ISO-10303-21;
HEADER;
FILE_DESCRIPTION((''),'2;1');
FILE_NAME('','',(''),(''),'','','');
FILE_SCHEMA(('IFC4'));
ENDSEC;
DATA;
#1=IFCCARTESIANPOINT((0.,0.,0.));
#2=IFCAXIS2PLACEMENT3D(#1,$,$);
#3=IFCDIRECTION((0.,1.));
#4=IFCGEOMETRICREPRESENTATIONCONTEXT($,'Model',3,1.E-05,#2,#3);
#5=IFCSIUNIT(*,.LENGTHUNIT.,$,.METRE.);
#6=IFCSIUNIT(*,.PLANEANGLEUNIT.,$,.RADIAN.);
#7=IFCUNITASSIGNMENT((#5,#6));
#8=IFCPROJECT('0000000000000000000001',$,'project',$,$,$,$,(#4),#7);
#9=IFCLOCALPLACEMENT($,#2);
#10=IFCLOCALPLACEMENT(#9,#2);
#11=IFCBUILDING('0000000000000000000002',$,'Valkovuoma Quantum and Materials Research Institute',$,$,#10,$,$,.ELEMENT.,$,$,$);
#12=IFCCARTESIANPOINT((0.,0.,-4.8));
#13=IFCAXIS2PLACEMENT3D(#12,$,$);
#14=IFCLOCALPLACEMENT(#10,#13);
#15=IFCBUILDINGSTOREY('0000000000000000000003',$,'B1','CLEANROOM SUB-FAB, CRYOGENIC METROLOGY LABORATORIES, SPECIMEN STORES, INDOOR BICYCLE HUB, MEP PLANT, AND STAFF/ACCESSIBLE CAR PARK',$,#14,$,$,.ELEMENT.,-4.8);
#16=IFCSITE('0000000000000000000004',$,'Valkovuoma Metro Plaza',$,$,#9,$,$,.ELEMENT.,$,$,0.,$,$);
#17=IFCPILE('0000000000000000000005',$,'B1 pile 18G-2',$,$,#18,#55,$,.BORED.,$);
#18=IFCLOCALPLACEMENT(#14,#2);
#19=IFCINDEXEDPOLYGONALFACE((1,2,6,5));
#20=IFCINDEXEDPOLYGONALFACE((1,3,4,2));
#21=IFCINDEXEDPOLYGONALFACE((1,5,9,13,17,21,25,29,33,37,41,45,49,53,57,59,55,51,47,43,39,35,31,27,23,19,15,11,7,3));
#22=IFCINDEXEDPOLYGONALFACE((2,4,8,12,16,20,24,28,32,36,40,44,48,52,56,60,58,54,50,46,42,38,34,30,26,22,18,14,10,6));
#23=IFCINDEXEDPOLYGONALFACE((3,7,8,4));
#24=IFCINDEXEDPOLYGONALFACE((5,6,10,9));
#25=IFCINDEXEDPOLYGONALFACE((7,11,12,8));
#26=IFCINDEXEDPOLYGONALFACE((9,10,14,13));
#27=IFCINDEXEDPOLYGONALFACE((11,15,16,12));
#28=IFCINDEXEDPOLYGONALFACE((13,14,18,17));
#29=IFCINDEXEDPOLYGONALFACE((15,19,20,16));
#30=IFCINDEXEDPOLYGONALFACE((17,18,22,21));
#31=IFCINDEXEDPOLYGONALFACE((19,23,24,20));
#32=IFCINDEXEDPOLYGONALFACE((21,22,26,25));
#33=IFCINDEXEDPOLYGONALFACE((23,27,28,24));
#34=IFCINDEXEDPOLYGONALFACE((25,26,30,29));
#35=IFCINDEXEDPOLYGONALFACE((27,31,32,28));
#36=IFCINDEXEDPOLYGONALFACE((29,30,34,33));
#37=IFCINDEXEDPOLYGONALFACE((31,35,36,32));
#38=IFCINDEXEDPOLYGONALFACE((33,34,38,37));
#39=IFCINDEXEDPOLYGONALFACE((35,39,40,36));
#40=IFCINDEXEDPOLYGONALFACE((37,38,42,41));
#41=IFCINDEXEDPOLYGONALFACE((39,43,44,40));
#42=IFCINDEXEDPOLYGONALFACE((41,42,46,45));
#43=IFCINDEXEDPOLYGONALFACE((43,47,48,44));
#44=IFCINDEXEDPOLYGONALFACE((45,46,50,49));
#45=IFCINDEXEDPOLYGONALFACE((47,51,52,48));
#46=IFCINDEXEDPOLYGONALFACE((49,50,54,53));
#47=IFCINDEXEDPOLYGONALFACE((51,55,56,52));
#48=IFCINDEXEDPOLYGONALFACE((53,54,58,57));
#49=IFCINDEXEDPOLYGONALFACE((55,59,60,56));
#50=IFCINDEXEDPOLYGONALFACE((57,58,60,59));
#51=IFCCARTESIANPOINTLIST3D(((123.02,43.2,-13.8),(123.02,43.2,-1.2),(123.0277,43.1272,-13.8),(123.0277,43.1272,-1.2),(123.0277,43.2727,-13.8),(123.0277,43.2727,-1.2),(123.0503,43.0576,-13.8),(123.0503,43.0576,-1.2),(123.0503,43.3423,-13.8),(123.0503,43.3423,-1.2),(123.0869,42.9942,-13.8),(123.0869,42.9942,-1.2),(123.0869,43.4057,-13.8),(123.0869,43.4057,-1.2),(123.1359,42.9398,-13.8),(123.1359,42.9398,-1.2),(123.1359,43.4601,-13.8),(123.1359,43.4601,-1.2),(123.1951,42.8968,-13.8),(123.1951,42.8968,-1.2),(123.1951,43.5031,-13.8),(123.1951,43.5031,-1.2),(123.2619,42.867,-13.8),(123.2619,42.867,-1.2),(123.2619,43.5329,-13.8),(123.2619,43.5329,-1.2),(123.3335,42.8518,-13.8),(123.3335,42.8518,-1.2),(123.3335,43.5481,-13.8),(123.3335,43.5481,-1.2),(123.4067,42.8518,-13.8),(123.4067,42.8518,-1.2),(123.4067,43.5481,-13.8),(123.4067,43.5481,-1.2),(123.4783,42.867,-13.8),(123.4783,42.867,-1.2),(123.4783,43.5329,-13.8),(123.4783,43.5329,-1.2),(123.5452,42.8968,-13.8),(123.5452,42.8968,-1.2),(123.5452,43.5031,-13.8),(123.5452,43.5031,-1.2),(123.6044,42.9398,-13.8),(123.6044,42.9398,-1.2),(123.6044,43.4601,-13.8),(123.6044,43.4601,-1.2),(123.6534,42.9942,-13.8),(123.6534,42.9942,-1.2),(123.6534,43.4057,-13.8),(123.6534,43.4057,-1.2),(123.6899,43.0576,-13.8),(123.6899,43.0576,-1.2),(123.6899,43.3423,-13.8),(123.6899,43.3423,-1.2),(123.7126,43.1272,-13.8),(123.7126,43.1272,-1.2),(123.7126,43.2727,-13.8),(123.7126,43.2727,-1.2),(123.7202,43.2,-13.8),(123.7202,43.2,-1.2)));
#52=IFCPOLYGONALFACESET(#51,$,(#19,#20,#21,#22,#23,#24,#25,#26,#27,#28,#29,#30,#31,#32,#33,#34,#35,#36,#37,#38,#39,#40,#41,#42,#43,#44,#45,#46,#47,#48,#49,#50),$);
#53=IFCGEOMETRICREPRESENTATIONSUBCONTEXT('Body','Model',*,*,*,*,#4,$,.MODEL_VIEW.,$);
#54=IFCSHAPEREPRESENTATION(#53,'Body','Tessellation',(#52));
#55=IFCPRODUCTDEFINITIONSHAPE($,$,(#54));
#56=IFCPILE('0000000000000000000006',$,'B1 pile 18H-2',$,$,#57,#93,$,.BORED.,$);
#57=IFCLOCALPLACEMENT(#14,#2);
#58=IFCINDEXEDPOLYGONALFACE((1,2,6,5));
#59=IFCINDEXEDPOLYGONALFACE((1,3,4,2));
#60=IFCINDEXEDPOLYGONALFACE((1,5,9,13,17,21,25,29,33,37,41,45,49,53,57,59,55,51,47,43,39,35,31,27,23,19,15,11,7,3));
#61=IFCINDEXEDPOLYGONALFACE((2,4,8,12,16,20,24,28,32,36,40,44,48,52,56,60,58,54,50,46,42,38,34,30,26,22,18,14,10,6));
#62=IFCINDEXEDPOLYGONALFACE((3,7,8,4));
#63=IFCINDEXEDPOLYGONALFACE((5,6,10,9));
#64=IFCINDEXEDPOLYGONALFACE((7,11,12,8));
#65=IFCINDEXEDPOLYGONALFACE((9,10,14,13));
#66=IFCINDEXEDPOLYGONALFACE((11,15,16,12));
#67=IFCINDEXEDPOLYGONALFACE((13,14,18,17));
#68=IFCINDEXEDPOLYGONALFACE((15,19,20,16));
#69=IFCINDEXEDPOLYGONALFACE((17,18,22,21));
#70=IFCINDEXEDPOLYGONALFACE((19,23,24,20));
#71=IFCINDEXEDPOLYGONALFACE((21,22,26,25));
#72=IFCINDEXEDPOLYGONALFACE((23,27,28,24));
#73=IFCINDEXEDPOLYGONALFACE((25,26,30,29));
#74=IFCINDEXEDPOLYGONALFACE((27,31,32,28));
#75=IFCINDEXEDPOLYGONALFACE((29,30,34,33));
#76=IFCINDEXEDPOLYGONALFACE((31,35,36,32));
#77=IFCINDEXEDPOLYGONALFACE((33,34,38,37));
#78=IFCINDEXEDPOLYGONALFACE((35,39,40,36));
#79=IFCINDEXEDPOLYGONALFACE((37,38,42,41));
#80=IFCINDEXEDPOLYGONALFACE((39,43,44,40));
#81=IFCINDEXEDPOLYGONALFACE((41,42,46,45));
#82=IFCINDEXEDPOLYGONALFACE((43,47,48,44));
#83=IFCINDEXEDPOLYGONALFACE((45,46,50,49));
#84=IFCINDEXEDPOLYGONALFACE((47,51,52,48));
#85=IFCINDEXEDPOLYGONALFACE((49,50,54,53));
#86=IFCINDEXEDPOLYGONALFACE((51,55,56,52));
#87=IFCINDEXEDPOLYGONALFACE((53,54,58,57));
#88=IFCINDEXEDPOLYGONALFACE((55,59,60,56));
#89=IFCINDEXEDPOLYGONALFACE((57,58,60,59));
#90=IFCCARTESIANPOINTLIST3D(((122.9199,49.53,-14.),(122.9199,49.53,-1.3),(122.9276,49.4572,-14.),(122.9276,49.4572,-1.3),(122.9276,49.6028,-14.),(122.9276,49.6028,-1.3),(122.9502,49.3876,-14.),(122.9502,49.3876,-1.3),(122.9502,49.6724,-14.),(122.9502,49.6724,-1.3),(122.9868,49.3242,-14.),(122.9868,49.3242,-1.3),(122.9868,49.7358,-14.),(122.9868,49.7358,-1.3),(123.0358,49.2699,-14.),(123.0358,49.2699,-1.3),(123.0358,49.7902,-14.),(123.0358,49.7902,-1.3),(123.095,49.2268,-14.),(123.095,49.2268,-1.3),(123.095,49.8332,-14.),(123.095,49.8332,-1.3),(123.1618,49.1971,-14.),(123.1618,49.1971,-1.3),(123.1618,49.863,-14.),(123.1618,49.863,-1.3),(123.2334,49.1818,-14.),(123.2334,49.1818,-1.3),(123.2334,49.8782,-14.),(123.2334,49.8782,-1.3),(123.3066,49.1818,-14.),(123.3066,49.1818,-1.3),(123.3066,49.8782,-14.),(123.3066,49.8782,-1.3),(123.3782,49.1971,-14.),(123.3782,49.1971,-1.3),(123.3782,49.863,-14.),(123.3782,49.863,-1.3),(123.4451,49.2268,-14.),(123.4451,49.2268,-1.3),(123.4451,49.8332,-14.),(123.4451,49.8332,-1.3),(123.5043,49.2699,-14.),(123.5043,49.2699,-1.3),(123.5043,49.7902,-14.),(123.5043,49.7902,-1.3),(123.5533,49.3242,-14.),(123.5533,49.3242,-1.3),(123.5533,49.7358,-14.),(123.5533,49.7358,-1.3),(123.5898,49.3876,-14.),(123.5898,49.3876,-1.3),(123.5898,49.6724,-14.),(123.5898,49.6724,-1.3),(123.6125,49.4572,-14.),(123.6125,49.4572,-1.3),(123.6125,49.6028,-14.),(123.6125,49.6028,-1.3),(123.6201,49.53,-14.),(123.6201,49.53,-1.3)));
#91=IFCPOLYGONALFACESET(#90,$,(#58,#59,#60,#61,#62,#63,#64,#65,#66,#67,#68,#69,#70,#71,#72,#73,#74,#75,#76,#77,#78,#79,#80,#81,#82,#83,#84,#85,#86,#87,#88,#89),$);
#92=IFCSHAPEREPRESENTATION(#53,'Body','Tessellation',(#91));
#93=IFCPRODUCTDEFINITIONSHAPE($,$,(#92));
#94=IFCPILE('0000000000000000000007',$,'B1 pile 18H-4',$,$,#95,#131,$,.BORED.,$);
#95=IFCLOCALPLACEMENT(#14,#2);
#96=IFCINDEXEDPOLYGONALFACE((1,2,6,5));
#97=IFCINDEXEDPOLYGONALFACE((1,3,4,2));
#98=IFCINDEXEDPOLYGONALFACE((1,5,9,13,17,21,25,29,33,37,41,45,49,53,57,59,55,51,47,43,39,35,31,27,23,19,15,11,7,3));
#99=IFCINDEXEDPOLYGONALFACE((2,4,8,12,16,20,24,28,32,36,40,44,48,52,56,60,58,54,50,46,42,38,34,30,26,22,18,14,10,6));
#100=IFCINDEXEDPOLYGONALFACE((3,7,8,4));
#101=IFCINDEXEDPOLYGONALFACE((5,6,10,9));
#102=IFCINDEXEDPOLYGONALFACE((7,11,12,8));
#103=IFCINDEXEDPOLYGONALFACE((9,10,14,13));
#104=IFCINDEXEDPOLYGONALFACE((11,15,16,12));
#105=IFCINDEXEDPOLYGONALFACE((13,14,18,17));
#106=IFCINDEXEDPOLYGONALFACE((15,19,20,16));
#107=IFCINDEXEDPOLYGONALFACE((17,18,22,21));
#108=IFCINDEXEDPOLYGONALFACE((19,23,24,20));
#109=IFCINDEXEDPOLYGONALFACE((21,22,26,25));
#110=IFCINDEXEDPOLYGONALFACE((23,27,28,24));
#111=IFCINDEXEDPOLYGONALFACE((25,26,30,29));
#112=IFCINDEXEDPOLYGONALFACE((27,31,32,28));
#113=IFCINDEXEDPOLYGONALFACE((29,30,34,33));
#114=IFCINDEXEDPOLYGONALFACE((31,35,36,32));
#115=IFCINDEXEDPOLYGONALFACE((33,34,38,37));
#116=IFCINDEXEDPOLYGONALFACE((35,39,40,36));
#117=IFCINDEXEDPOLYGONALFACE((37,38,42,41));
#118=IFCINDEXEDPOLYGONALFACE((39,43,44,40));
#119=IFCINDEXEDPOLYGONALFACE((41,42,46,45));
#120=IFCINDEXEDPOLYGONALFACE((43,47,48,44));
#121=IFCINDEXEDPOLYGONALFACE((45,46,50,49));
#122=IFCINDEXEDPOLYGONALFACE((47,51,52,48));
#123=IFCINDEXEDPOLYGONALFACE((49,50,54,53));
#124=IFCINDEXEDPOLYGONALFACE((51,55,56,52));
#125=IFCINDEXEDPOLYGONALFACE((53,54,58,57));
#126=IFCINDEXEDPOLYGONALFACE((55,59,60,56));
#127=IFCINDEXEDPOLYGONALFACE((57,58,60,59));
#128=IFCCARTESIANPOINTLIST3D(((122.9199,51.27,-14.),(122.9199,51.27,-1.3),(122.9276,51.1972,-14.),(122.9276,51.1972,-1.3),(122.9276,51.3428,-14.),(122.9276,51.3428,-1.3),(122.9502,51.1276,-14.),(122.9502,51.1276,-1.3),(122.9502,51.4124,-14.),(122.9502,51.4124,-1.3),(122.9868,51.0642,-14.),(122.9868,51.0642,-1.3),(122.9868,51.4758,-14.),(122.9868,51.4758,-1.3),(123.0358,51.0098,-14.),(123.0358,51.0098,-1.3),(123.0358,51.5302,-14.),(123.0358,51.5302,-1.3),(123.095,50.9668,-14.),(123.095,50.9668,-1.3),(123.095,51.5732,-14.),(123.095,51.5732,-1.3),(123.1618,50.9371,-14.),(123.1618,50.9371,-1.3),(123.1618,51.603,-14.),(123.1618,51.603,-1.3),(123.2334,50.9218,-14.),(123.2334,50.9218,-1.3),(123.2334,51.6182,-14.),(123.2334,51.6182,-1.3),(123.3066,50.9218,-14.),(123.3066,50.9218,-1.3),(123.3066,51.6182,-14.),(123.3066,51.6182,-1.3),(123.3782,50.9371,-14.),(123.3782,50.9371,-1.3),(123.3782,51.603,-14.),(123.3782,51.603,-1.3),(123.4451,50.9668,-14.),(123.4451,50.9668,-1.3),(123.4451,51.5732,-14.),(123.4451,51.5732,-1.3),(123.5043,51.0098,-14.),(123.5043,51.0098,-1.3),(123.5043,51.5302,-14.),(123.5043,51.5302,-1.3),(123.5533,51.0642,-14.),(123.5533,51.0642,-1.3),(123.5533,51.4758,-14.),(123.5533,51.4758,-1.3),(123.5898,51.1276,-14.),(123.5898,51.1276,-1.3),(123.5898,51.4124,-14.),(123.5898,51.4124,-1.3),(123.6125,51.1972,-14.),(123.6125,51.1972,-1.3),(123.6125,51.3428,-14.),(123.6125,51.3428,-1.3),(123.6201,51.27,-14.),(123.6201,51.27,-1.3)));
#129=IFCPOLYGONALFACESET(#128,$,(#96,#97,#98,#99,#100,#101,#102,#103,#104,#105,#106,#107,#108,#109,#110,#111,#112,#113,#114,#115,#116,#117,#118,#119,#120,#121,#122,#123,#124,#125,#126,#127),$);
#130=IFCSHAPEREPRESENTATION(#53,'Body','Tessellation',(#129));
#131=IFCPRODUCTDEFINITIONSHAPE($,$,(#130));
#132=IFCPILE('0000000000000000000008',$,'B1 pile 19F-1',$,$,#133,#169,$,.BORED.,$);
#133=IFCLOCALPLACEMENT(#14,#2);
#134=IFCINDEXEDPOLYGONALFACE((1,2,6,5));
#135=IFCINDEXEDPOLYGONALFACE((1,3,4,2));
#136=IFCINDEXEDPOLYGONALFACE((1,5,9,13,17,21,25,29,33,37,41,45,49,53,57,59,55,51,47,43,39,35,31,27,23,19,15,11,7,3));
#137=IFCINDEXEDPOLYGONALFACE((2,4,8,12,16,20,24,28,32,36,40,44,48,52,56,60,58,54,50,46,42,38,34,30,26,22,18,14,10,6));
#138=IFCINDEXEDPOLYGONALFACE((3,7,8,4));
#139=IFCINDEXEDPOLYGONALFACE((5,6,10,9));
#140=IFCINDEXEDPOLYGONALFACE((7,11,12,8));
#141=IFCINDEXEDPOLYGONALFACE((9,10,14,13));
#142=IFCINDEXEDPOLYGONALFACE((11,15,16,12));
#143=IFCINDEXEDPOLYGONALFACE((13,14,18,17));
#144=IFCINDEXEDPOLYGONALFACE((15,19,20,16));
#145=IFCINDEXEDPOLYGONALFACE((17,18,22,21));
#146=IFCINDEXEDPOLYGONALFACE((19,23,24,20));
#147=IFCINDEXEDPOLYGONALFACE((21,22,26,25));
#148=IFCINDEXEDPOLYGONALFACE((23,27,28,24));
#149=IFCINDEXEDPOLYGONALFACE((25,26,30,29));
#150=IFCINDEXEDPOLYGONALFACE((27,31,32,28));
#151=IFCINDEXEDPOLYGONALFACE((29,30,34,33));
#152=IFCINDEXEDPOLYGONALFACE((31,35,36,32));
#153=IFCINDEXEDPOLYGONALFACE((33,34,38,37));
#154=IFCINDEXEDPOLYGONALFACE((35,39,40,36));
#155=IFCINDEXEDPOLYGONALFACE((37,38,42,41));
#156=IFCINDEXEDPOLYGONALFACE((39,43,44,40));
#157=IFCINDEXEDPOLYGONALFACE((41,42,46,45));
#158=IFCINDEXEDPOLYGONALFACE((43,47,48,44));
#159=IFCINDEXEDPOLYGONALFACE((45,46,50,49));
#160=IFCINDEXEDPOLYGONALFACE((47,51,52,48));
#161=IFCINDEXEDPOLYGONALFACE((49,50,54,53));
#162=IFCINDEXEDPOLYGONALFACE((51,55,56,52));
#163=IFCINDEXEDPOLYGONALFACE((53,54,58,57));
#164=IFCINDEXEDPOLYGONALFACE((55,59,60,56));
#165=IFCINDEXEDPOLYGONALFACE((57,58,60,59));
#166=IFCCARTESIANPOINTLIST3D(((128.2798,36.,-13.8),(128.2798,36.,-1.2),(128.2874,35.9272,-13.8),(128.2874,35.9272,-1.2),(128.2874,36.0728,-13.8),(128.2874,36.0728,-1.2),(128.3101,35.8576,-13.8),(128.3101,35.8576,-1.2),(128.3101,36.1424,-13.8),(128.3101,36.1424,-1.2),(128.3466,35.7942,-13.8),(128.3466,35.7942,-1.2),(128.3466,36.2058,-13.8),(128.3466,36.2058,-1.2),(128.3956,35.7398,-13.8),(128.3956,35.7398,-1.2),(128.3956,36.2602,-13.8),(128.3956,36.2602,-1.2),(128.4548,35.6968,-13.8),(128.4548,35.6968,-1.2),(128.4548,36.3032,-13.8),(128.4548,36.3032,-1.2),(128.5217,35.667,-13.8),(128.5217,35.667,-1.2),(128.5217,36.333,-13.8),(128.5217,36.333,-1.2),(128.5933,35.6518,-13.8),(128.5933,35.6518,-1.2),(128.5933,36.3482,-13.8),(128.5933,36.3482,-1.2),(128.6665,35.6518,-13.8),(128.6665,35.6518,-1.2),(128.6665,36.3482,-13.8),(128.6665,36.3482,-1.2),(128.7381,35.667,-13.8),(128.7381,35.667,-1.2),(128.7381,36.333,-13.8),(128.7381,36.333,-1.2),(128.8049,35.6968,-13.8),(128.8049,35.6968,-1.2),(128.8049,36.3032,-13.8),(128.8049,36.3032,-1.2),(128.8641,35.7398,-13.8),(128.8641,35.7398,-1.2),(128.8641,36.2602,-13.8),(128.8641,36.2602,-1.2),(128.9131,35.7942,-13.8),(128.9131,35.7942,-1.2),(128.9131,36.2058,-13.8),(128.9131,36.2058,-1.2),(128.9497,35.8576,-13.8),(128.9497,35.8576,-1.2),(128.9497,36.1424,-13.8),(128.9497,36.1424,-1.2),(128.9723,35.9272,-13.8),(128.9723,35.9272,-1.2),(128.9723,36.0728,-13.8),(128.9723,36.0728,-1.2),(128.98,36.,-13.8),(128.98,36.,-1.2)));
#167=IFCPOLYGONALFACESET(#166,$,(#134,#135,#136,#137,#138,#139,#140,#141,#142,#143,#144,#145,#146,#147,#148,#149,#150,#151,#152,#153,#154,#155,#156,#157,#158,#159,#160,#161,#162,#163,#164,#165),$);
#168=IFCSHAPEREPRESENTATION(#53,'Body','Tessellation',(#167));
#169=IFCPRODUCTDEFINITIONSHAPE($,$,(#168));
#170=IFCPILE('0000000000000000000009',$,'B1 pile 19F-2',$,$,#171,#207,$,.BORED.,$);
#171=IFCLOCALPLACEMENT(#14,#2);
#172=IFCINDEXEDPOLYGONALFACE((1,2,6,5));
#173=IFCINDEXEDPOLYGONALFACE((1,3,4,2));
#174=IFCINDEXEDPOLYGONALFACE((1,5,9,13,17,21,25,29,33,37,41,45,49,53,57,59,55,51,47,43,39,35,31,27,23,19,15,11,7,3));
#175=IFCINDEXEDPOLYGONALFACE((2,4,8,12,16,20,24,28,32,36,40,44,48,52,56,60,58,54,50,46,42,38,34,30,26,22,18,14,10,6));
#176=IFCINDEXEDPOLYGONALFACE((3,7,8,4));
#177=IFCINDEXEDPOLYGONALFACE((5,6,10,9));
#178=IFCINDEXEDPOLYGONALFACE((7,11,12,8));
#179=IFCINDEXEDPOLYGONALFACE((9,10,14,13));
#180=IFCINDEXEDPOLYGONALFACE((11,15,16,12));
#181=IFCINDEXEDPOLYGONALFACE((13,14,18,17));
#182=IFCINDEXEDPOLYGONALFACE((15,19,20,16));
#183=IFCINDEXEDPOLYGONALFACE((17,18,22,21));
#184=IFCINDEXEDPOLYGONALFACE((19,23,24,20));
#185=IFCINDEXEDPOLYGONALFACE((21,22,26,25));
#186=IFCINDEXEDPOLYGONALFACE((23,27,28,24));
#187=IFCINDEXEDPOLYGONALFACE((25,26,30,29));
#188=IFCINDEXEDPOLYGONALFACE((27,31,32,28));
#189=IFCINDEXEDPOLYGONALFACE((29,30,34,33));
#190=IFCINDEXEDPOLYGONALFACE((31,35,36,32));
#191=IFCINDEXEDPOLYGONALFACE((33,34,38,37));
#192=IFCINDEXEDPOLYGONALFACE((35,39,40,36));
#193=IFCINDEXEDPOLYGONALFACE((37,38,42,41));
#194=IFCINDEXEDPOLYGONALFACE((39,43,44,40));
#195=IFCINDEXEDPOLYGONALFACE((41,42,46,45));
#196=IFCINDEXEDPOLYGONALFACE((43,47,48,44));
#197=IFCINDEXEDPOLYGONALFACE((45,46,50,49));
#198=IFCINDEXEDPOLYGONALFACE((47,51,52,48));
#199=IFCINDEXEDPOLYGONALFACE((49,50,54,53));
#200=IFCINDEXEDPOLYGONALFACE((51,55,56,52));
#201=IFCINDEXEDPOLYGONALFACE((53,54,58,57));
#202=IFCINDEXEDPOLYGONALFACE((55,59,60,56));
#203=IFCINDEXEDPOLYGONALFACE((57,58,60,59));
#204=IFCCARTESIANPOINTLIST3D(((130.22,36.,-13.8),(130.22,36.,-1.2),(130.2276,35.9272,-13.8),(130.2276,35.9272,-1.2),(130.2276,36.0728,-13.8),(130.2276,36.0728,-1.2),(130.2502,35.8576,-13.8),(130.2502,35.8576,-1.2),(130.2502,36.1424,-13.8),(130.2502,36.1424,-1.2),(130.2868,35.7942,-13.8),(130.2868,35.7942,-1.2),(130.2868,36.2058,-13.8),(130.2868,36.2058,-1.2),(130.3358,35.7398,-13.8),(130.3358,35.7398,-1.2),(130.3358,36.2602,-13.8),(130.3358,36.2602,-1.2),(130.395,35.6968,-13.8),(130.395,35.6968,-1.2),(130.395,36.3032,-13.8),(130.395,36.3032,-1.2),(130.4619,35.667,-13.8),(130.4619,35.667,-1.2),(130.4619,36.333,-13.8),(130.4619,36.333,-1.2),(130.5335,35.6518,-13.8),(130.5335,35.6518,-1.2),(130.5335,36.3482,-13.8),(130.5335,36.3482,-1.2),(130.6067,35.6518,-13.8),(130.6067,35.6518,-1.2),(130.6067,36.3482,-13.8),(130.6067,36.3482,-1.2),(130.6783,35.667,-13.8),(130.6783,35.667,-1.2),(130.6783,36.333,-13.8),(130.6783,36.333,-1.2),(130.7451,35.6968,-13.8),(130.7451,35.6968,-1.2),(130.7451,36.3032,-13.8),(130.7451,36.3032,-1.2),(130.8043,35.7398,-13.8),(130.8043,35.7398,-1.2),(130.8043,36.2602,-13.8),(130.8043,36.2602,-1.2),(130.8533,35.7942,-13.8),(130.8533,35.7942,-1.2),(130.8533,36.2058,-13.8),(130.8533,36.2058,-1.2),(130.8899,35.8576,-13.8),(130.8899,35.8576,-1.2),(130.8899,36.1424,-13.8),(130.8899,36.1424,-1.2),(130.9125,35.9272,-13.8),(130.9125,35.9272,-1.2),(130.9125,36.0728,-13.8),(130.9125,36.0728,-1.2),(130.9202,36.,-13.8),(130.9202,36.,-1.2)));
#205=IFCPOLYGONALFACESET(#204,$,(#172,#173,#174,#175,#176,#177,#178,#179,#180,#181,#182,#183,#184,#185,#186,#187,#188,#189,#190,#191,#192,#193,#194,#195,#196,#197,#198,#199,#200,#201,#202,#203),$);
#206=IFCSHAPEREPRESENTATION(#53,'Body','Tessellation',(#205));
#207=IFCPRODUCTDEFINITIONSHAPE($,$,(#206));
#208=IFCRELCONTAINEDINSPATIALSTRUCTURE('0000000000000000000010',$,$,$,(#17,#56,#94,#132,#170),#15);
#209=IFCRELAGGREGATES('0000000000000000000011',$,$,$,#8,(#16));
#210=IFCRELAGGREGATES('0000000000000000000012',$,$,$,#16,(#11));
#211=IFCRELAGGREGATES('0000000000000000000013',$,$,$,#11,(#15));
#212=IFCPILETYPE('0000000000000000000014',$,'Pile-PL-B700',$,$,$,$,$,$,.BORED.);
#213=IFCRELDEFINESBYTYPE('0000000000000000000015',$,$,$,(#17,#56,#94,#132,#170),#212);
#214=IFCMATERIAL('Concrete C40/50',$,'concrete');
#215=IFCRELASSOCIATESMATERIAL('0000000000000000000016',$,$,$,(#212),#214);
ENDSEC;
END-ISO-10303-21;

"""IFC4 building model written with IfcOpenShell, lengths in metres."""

from ifc_helpers import new_model, si_unit, direction, frame, origin, origin_2d, place, context, subcontext, project, spatial, circle, extrude, material, material_profile, profile_set, type_object, element, save


model = new_model("IFC4")

# Units and contexts
model_context = context("Model", 3, precision=1e-05, world=origin(), true_north=direction((0.0, 1.0)))
body_context = subcontext(model_context, "Body", "Model", "MODEL_VIEW")
ifc_project = project(units=[si_unit("LENGTHUNIT", "METRE"), si_unit("PLANEANGLEUNIT", "RADIAN")], contexts=[model_context])

# Site, building, storey
site_placement = place(None, origin())
site = spatial("IfcSite", under=ifc_project, at=site_placement, Name="Valkovuoma Metro Plaza", CompositionType="ELEMENT", RefElevation=0.0)
building_placement = place(site_placement, origin())
building = spatial("IfcBuilding", under=site, at=building_placement, Name="Valkovuoma Quantum and Materials Research Institute", CompositionType="ELEMENT")
storey_placement = place(building_placement, frame((0.0, 0.0, -4.8)))
storey = spatial("IfcBuildingStorey", under=building, at=storey_placement, Name="B1", Description="CLEANROOM SUB-FAB, CRYOGENIC METROLOGY LABORATORIES, SPECIMEN STORES, INDOOR BICYCLE HUB, MEP PLANT, AND STAFF/ACCESSIBLE CAR PARK", CompositionType="ELEMENT", Elevation=-4.8)

# Piles
ifc_material_1 = material(Name="Concrete C40/50", Category="concrete")
ifc_material_profile_1 = material_profile(ifc_material_1, circle(Radius=0.3501, at=origin_2d()), Name="Concrete C40/50")
ifc_profile_set_1 = profile_set([ifc_material_profile_1], Name="Concrete C40/50")
pile_type_1 = type_object("IfcPileType", Name="Pile-PL-B700", PredefinedType="BORED", material=ifc_profile_set_1)
pile_1_placement = place(storey_placement, frame((123.3701, 43.2, -1.2), z_axis=(0.0, 0.0, -1.0), x_axis=(1.0, 0.0, 0.0)))
element("IfcPile", 1, at=pile_1_placement, inside=storey, type_object=pile_type_1, Name="B1 pile 18G-2", PredefinedType="BORED", context=body_context, shape_type="SweptSolid", body=[
    extrude(circle(Radius=0.3501, at=origin_2d()), origin(), (0.0, 0.0, 1.0), 12.6001),
])
for number, where, z_axis, x_axis, name in (
    (2, (123.27, 49.53, -1.3), (0.0, 0.0, -1.0), (1.0, 0.0, 0.0), "B1 pile 18H-2"),
    (3, (123.27, 51.27, -1.3), (0.0, 0.0, -1.0), (1.0, 0.0, 0.0), "B1 pile 18H-4"),
):
    element("IfcPile", number, at=place(storey_placement, frame(where, z_axis=z_axis, x_axis=x_axis)), inside=storey, type_object=pile_type_1, Name=name, PredefinedType="BORED", context=body_context, shape_type="SweptSolid", body=[
        extrude(circle(Radius=0.3501, at=origin_2d()), origin(), (0.0, 0.0, 1.0), 12.7),
    ])
for number, where, z_axis, x_axis, name in (
    (4, (128.6299, 36.0, -1.2), (0.0, 0.0, -1.0), (1.0, 0.0, 0.0), "B1 pile 19F-1"),
    (5, (130.5701, 36.0, -1.2), (0.0, 0.0, -1.0), (1.0, 0.0, 0.0), "B1 pile 19F-2"),
):
    element("IfcPile", number, at=place(storey_placement, frame(where, z_axis=z_axis, x_axis=x_axis)), inside=storey, type_object=pile_type_1, Name=name, PredefinedType="BORED", context=body_context, shape_type="SweptSolid", body=[
        extrude(circle(Radius=0.3501, at=origin_2d()), origin(), (0.0, 0.0, 1.0), 12.6001),
    ])

save(model, "model.ifc")
